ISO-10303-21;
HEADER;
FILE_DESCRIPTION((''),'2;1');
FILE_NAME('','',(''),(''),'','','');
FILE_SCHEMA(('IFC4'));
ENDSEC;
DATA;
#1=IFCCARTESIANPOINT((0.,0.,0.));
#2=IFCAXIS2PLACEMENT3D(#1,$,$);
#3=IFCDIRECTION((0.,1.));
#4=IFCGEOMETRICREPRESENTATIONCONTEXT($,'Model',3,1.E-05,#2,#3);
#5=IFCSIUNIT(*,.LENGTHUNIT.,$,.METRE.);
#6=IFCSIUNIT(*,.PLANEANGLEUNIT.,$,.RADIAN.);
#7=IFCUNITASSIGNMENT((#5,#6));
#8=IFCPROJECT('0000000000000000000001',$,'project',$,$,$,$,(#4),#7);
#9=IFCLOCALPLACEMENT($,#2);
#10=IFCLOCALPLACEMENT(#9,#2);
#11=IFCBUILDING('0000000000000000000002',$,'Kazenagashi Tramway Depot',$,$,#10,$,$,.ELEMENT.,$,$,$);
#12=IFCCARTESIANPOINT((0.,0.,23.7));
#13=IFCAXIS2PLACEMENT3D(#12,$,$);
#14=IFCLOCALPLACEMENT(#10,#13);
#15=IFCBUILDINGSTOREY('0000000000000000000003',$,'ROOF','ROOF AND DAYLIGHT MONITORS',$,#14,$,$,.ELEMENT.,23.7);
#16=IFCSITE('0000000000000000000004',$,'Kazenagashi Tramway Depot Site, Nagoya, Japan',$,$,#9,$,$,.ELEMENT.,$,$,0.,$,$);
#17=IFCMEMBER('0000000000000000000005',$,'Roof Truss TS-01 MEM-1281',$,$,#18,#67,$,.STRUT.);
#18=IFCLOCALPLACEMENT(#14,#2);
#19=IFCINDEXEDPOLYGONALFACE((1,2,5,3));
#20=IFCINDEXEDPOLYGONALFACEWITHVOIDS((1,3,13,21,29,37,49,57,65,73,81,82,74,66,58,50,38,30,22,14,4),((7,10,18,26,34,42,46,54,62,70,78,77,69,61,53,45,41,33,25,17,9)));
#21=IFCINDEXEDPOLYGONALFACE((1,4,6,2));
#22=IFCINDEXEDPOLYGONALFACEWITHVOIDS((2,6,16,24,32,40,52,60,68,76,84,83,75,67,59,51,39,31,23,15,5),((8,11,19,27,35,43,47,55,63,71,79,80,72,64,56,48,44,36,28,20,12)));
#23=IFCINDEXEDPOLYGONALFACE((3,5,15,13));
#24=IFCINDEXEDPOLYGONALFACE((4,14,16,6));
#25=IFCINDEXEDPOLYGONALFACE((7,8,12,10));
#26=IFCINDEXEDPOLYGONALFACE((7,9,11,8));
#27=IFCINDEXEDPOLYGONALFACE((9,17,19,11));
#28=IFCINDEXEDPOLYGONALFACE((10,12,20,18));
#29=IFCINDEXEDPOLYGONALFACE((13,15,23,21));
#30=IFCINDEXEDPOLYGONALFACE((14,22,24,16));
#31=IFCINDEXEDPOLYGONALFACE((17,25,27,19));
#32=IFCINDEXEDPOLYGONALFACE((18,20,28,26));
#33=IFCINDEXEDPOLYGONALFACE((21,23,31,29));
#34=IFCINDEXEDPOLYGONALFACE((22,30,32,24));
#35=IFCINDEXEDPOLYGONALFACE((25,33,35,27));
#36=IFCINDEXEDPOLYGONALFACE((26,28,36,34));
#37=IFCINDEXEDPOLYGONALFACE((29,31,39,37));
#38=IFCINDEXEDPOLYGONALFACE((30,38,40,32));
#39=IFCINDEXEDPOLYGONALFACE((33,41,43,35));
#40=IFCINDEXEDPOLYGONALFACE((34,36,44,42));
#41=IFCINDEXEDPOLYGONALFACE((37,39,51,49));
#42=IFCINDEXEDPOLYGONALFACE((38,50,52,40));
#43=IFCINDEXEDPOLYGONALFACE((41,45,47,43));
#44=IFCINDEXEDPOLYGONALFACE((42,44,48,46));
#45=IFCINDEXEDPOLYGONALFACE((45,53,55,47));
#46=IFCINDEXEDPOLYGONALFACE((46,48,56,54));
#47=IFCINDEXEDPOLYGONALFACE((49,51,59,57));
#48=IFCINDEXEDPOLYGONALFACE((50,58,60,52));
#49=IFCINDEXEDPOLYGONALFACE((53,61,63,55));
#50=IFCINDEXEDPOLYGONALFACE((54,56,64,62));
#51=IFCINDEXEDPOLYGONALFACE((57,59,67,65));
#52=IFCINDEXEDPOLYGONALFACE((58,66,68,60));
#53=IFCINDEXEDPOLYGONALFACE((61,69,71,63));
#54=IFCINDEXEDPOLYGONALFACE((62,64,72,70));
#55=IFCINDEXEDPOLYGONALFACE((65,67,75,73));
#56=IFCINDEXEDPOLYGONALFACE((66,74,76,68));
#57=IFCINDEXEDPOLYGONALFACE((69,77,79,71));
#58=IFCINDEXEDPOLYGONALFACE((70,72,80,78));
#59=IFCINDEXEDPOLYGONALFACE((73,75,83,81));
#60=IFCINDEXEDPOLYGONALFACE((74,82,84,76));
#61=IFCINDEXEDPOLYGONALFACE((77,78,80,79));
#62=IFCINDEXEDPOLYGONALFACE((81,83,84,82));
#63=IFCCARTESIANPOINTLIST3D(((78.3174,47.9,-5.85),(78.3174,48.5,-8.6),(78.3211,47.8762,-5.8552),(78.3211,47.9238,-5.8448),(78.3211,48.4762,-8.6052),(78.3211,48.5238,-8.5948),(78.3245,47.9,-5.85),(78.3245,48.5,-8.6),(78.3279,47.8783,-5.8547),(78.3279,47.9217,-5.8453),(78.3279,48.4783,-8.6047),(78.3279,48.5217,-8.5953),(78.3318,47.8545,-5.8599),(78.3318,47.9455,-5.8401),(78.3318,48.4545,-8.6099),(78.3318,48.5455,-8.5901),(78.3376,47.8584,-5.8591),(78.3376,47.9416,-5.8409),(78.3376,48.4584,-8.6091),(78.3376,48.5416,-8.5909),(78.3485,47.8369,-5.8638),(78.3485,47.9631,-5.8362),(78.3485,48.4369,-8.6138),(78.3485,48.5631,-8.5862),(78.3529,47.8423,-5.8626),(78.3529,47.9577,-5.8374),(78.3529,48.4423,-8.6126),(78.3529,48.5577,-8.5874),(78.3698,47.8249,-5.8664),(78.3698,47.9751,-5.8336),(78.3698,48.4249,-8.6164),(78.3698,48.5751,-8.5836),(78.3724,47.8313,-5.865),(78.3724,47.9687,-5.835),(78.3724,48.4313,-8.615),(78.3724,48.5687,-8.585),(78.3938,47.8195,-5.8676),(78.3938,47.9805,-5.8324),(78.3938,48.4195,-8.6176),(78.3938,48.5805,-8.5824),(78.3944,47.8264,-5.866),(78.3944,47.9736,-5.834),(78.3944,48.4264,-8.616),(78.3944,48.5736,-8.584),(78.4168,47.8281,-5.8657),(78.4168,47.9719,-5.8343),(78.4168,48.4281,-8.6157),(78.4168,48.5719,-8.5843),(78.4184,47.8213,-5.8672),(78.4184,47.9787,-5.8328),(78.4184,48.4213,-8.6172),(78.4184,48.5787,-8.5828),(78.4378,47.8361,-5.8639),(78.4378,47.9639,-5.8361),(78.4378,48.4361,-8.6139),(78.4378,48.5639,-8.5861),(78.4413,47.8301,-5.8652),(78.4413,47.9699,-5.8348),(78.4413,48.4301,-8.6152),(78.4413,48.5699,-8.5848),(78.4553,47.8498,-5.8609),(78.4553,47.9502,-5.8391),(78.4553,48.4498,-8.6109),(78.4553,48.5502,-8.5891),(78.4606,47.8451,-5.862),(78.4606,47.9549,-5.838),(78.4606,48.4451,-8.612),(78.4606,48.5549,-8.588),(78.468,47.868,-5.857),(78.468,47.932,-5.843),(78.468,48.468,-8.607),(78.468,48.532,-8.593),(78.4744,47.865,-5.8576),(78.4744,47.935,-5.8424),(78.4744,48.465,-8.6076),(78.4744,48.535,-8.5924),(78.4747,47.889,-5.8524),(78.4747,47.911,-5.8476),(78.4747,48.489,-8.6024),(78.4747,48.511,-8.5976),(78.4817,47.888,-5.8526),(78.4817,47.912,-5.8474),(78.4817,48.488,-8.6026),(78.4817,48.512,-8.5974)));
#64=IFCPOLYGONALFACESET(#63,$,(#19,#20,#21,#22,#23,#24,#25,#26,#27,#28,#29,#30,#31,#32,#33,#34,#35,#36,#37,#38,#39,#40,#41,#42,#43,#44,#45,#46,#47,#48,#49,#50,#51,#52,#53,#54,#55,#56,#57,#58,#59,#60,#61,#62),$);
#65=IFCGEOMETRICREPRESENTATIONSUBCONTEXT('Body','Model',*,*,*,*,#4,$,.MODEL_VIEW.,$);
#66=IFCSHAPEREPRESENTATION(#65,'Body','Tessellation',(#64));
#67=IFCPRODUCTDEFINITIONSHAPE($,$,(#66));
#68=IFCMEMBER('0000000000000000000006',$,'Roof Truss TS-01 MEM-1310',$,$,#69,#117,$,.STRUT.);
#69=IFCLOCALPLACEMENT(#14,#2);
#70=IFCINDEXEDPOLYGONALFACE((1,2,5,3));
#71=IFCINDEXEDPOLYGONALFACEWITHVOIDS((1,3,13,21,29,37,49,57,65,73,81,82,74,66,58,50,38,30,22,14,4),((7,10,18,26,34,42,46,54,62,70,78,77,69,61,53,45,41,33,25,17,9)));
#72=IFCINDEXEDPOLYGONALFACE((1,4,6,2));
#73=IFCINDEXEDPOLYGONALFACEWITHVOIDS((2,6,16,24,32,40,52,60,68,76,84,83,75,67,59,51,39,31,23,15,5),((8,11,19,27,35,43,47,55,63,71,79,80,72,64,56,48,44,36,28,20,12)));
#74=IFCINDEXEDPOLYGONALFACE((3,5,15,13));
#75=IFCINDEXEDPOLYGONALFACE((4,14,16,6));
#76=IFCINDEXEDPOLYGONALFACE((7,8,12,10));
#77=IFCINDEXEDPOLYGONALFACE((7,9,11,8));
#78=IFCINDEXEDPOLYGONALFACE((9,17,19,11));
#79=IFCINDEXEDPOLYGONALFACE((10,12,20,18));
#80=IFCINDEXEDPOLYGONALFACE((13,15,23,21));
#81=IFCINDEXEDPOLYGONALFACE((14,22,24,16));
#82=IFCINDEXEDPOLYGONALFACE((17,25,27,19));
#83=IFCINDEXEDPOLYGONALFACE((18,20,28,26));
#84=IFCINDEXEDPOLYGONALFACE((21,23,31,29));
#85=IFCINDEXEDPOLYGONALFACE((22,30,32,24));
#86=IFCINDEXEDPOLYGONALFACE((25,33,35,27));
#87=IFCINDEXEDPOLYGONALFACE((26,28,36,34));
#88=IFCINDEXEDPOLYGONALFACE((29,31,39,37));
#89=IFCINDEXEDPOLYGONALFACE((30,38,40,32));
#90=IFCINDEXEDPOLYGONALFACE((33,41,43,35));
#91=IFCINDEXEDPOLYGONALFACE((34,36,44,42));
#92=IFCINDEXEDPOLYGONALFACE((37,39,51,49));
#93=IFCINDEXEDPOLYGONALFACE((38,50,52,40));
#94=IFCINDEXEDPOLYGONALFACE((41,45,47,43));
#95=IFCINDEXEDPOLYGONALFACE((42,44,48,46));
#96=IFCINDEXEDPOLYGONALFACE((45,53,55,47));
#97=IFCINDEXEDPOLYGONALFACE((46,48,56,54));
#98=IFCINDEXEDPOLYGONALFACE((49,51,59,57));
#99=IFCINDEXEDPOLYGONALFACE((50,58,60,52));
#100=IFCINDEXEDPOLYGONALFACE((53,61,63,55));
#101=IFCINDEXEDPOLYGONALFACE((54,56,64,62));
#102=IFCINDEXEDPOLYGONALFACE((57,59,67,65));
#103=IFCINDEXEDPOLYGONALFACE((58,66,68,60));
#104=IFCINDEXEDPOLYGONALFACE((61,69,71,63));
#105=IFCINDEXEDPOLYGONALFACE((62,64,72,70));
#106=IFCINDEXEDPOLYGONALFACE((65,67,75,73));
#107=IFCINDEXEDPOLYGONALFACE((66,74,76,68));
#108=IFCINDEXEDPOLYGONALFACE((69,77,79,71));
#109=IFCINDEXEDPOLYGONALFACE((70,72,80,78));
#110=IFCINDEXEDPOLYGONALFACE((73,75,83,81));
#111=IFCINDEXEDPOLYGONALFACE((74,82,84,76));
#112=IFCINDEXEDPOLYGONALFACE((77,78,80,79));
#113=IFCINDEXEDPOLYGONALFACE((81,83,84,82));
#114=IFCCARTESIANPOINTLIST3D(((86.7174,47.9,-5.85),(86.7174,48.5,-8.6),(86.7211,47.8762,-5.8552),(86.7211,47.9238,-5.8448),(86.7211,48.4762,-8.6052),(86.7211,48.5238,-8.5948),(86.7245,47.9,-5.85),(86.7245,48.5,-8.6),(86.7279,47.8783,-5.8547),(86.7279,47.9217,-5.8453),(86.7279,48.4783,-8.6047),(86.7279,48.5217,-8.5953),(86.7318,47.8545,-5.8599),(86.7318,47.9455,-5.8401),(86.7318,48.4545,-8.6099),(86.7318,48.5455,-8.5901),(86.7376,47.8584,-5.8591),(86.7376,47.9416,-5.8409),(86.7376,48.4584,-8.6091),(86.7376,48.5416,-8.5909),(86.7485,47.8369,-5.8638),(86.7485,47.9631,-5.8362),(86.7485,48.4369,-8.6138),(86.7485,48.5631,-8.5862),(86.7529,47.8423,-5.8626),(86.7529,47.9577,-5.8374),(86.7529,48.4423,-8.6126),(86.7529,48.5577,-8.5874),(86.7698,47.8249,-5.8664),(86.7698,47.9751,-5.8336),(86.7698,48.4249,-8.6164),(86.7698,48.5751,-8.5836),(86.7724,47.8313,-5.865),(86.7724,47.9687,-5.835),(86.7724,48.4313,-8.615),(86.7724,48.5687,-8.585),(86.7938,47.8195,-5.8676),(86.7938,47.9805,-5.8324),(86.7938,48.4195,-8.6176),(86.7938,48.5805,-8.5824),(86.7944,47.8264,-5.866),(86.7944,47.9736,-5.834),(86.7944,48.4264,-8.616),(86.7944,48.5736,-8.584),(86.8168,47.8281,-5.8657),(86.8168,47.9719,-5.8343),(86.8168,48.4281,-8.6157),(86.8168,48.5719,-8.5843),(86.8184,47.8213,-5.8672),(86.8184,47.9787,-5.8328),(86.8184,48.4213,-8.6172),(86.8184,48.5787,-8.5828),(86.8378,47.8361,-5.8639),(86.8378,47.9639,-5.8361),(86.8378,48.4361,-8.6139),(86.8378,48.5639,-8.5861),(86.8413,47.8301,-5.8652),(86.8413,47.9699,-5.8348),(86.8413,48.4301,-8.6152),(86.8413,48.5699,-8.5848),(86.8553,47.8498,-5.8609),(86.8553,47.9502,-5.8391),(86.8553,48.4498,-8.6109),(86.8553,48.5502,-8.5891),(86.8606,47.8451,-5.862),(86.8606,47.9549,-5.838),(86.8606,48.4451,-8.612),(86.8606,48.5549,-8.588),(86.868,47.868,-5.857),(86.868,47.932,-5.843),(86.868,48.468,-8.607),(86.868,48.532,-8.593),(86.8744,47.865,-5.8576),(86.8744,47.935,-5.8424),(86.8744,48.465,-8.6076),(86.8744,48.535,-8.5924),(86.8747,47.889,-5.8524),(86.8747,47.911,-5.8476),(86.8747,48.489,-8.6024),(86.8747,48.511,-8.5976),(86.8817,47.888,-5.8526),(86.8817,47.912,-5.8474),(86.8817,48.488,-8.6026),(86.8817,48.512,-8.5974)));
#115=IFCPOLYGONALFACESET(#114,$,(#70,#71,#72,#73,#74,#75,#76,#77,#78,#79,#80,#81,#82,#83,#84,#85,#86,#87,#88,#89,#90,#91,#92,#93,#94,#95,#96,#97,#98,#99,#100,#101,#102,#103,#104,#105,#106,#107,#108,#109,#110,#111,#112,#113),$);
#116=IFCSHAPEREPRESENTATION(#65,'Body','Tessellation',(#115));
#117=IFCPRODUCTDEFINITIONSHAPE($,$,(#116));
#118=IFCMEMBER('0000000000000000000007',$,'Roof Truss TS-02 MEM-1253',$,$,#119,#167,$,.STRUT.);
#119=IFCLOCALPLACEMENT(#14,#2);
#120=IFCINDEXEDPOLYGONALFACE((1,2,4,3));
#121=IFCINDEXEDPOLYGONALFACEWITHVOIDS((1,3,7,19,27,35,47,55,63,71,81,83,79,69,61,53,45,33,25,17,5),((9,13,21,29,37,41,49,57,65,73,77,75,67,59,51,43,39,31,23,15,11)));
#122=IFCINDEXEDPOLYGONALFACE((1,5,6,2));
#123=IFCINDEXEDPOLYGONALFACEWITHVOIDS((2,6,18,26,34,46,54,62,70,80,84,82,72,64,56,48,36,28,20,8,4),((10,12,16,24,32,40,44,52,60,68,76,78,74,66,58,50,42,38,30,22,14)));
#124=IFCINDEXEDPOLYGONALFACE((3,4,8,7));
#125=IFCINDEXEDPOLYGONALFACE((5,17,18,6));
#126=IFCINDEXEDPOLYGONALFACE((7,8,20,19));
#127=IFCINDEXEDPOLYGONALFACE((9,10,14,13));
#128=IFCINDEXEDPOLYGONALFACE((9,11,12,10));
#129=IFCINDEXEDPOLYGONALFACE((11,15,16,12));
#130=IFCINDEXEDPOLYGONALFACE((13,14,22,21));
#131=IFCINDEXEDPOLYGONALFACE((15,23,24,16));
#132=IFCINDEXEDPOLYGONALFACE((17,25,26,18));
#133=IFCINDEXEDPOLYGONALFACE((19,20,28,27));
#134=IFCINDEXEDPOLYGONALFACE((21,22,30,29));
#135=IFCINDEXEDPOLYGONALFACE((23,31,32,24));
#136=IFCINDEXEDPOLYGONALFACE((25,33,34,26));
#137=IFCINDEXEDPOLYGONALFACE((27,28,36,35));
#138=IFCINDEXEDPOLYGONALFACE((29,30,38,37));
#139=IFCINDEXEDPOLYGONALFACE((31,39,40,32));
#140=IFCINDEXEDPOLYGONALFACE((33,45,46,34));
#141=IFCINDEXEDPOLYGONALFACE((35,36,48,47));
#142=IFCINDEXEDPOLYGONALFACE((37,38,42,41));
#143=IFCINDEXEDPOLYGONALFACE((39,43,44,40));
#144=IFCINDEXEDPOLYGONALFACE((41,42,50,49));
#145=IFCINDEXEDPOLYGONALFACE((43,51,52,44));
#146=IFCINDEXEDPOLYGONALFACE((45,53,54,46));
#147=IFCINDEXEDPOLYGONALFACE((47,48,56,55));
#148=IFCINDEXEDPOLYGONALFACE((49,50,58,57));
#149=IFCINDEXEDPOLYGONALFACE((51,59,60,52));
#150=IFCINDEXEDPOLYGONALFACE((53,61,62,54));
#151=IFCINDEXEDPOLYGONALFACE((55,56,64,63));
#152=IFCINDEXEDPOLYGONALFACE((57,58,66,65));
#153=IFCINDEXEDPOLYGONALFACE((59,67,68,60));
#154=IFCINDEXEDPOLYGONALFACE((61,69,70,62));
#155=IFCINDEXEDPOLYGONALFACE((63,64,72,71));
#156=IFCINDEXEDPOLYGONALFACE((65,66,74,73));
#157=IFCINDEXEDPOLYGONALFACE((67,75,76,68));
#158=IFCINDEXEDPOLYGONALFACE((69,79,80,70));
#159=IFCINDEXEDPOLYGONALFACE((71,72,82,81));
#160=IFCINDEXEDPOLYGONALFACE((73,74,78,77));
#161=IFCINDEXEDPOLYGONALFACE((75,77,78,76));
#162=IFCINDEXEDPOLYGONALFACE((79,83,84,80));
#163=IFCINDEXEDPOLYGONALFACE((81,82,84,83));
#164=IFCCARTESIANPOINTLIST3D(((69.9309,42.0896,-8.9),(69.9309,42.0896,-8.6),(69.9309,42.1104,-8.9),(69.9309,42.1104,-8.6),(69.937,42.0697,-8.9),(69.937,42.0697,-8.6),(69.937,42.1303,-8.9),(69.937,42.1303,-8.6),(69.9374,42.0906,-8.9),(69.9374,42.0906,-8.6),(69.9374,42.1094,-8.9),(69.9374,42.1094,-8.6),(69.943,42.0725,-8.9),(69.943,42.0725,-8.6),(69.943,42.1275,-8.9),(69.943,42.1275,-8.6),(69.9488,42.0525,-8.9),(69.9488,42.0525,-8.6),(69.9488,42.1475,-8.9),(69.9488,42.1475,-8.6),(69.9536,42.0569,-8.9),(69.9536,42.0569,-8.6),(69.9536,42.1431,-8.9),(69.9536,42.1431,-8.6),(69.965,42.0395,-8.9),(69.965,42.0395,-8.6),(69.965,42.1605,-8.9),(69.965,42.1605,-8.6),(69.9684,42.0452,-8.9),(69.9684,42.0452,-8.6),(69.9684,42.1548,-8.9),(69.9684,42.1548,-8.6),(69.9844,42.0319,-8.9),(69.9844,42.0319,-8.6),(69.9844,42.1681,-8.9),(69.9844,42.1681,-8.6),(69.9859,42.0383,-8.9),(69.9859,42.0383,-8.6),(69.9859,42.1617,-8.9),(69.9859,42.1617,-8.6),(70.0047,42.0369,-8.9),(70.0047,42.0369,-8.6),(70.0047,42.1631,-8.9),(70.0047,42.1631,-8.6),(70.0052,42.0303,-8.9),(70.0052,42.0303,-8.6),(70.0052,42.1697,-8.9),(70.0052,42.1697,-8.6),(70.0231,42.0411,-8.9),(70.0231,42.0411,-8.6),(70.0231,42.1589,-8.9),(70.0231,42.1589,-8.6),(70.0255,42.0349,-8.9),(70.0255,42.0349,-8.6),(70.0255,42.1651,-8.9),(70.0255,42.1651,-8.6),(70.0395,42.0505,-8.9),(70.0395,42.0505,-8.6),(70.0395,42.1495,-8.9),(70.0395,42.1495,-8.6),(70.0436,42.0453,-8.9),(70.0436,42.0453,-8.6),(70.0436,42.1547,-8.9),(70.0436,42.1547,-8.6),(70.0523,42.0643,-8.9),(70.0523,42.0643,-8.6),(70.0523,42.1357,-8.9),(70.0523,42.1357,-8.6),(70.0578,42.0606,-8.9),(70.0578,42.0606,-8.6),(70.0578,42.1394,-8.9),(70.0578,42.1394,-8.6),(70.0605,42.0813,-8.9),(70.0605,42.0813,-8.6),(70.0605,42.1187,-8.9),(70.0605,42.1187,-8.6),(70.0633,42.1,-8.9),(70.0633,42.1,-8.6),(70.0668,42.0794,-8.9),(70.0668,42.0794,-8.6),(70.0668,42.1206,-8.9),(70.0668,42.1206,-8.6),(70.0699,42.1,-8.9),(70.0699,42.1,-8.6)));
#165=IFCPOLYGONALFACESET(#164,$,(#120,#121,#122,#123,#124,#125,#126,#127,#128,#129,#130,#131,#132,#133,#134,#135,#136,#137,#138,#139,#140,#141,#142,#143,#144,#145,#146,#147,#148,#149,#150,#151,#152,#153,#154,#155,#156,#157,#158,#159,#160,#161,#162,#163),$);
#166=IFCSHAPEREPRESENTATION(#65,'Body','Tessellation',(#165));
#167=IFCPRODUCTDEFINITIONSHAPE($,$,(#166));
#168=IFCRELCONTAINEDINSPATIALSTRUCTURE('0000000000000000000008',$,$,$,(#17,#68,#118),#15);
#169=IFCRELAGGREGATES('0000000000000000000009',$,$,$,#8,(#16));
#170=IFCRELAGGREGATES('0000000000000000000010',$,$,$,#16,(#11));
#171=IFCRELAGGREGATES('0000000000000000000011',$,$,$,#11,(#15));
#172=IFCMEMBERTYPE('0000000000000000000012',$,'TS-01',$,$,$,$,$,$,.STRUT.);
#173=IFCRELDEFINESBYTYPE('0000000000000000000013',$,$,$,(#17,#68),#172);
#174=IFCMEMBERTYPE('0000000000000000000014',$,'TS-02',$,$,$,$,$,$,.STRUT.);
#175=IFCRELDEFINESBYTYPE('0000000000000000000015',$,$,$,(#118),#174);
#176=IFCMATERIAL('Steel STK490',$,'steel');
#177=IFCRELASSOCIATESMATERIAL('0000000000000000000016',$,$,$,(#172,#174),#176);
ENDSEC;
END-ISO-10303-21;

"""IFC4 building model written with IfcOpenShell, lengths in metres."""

from ifc_helpers import new_model, si_unit, direction, frame, origin, origin_2d, place, context, subcontext, project, spatial, hollow_circle, extrude, material, material_profile, profile_set, type_object, element, save


model = new_model("IFC4")

# Units and contexts
model_context = context("Model", 3, precision=1e-05, world=origin(), true_north=direction((0.0, 1.0)))
body_context = subcontext(model_context, "Body", "Model", "MODEL_VIEW")
ifc_project = project(units=[si_unit("LENGTHUNIT", "METRE"), si_unit("PLANEANGLEUNIT", "RADIAN")], contexts=[model_context])

# Site, building, storey
site_placement = place(None, origin())
site = spatial("IfcSite", under=ifc_project, at=site_placement, Name="Kazenagashi Tramway Depot Site, Nagoya, Japan", CompositionType="ELEMENT", RefElevation=0.0)
building_placement = place(site_placement, origin())
building = spatial("IfcBuilding", under=site, at=building_placement, Name="Kazenagashi Tramway Depot", CompositionType="ELEMENT")
storey_placement = place(building_placement, frame((0.0, 0.0, 23.7)))
storey = spatial("IfcBuildingStorey", under=building, at=storey_placement, Name="ROOF", Description="ROOF AND DAYLIGHT MONITORS", CompositionType="ELEMENT", Elevation=23.7)

# Members
ifc_material_1 = material(Name="Steel STK490", Category="steel")
ifc_material_profile_1 = material_profile(ifc_material_1, hollow_circle(Radius=0.0826, WallThickness=0.0071, at=origin_2d()), Name="CHS-165.2x7.1")
ifc_profile_set_1 = profile_set([ifc_material_profile_1], Name="Steel STK490")
member_type_1 = type_object("IfcMemberType", Name="TS-01", PredefinedType="STRUT", material=ifc_profile_set_1)
for number, where, z_axis, x_axis, name in (
    (1, (78.4, 47.9, -5.85), (0.0, 0.213167, -0.977016), (-1.0, 0.0, 0.0), "Roof Truss TS-01 MEM-1281"),
    (2, (86.8, 47.9, -5.85), (0.0, 0.213167, -0.977016), (-1.0, 0.0, 0.0), "Roof Truss TS-01 MEM-1310"),
):
    element("IfcMember", number, at=place(storey_placement, frame(where, z_axis=z_axis, x_axis=x_axis)), inside=storey, type_object=member_type_1, Name=name, PredefinedType="STRUT", context=body_context, shape_type="SweptSolid", body=[
        extrude(hollow_circle(Radius=0.0826, WallThickness=0.0071, at=origin_2d()), origin(), (0.0, 0.0, 1.0), 2.8147),
    ])
ifc_material_profile_2 = material_profile(ifc_material_1, hollow_circle(Radius=0.0699, WallThickness=0.0066, at=origin_2d()), Name="CHS-139.8x6.6")
ifc_profile_set_2 = profile_set([ifc_material_profile_2], Name="Steel STK490")
member_type_2 = type_object("IfcMemberType", Name="TS-02", PredefinedType="STRUT", material=ifc_profile_set_2)
member_1_placement = place(storey_placement, frame((70.0, 42.1, -8.9), z_axis=(0.0, 0.0, 1.0), x_axis=(1.0, 0.0, 0.0)))
element("IfcMember", 3, at=member_1_placement, inside=storey, type_object=member_type_2, Name="Roof Truss TS-02 MEM-1253", PredefinedType="STRUT", context=body_context, shape_type="SweptSolid", body=[
    extrude(hollow_circle(Radius=0.0699, WallThickness=0.0066, at=origin_2d()), origin(), (0.0, 0.0, 1.0), 0.3),
])

save(model, "model.ifc")
